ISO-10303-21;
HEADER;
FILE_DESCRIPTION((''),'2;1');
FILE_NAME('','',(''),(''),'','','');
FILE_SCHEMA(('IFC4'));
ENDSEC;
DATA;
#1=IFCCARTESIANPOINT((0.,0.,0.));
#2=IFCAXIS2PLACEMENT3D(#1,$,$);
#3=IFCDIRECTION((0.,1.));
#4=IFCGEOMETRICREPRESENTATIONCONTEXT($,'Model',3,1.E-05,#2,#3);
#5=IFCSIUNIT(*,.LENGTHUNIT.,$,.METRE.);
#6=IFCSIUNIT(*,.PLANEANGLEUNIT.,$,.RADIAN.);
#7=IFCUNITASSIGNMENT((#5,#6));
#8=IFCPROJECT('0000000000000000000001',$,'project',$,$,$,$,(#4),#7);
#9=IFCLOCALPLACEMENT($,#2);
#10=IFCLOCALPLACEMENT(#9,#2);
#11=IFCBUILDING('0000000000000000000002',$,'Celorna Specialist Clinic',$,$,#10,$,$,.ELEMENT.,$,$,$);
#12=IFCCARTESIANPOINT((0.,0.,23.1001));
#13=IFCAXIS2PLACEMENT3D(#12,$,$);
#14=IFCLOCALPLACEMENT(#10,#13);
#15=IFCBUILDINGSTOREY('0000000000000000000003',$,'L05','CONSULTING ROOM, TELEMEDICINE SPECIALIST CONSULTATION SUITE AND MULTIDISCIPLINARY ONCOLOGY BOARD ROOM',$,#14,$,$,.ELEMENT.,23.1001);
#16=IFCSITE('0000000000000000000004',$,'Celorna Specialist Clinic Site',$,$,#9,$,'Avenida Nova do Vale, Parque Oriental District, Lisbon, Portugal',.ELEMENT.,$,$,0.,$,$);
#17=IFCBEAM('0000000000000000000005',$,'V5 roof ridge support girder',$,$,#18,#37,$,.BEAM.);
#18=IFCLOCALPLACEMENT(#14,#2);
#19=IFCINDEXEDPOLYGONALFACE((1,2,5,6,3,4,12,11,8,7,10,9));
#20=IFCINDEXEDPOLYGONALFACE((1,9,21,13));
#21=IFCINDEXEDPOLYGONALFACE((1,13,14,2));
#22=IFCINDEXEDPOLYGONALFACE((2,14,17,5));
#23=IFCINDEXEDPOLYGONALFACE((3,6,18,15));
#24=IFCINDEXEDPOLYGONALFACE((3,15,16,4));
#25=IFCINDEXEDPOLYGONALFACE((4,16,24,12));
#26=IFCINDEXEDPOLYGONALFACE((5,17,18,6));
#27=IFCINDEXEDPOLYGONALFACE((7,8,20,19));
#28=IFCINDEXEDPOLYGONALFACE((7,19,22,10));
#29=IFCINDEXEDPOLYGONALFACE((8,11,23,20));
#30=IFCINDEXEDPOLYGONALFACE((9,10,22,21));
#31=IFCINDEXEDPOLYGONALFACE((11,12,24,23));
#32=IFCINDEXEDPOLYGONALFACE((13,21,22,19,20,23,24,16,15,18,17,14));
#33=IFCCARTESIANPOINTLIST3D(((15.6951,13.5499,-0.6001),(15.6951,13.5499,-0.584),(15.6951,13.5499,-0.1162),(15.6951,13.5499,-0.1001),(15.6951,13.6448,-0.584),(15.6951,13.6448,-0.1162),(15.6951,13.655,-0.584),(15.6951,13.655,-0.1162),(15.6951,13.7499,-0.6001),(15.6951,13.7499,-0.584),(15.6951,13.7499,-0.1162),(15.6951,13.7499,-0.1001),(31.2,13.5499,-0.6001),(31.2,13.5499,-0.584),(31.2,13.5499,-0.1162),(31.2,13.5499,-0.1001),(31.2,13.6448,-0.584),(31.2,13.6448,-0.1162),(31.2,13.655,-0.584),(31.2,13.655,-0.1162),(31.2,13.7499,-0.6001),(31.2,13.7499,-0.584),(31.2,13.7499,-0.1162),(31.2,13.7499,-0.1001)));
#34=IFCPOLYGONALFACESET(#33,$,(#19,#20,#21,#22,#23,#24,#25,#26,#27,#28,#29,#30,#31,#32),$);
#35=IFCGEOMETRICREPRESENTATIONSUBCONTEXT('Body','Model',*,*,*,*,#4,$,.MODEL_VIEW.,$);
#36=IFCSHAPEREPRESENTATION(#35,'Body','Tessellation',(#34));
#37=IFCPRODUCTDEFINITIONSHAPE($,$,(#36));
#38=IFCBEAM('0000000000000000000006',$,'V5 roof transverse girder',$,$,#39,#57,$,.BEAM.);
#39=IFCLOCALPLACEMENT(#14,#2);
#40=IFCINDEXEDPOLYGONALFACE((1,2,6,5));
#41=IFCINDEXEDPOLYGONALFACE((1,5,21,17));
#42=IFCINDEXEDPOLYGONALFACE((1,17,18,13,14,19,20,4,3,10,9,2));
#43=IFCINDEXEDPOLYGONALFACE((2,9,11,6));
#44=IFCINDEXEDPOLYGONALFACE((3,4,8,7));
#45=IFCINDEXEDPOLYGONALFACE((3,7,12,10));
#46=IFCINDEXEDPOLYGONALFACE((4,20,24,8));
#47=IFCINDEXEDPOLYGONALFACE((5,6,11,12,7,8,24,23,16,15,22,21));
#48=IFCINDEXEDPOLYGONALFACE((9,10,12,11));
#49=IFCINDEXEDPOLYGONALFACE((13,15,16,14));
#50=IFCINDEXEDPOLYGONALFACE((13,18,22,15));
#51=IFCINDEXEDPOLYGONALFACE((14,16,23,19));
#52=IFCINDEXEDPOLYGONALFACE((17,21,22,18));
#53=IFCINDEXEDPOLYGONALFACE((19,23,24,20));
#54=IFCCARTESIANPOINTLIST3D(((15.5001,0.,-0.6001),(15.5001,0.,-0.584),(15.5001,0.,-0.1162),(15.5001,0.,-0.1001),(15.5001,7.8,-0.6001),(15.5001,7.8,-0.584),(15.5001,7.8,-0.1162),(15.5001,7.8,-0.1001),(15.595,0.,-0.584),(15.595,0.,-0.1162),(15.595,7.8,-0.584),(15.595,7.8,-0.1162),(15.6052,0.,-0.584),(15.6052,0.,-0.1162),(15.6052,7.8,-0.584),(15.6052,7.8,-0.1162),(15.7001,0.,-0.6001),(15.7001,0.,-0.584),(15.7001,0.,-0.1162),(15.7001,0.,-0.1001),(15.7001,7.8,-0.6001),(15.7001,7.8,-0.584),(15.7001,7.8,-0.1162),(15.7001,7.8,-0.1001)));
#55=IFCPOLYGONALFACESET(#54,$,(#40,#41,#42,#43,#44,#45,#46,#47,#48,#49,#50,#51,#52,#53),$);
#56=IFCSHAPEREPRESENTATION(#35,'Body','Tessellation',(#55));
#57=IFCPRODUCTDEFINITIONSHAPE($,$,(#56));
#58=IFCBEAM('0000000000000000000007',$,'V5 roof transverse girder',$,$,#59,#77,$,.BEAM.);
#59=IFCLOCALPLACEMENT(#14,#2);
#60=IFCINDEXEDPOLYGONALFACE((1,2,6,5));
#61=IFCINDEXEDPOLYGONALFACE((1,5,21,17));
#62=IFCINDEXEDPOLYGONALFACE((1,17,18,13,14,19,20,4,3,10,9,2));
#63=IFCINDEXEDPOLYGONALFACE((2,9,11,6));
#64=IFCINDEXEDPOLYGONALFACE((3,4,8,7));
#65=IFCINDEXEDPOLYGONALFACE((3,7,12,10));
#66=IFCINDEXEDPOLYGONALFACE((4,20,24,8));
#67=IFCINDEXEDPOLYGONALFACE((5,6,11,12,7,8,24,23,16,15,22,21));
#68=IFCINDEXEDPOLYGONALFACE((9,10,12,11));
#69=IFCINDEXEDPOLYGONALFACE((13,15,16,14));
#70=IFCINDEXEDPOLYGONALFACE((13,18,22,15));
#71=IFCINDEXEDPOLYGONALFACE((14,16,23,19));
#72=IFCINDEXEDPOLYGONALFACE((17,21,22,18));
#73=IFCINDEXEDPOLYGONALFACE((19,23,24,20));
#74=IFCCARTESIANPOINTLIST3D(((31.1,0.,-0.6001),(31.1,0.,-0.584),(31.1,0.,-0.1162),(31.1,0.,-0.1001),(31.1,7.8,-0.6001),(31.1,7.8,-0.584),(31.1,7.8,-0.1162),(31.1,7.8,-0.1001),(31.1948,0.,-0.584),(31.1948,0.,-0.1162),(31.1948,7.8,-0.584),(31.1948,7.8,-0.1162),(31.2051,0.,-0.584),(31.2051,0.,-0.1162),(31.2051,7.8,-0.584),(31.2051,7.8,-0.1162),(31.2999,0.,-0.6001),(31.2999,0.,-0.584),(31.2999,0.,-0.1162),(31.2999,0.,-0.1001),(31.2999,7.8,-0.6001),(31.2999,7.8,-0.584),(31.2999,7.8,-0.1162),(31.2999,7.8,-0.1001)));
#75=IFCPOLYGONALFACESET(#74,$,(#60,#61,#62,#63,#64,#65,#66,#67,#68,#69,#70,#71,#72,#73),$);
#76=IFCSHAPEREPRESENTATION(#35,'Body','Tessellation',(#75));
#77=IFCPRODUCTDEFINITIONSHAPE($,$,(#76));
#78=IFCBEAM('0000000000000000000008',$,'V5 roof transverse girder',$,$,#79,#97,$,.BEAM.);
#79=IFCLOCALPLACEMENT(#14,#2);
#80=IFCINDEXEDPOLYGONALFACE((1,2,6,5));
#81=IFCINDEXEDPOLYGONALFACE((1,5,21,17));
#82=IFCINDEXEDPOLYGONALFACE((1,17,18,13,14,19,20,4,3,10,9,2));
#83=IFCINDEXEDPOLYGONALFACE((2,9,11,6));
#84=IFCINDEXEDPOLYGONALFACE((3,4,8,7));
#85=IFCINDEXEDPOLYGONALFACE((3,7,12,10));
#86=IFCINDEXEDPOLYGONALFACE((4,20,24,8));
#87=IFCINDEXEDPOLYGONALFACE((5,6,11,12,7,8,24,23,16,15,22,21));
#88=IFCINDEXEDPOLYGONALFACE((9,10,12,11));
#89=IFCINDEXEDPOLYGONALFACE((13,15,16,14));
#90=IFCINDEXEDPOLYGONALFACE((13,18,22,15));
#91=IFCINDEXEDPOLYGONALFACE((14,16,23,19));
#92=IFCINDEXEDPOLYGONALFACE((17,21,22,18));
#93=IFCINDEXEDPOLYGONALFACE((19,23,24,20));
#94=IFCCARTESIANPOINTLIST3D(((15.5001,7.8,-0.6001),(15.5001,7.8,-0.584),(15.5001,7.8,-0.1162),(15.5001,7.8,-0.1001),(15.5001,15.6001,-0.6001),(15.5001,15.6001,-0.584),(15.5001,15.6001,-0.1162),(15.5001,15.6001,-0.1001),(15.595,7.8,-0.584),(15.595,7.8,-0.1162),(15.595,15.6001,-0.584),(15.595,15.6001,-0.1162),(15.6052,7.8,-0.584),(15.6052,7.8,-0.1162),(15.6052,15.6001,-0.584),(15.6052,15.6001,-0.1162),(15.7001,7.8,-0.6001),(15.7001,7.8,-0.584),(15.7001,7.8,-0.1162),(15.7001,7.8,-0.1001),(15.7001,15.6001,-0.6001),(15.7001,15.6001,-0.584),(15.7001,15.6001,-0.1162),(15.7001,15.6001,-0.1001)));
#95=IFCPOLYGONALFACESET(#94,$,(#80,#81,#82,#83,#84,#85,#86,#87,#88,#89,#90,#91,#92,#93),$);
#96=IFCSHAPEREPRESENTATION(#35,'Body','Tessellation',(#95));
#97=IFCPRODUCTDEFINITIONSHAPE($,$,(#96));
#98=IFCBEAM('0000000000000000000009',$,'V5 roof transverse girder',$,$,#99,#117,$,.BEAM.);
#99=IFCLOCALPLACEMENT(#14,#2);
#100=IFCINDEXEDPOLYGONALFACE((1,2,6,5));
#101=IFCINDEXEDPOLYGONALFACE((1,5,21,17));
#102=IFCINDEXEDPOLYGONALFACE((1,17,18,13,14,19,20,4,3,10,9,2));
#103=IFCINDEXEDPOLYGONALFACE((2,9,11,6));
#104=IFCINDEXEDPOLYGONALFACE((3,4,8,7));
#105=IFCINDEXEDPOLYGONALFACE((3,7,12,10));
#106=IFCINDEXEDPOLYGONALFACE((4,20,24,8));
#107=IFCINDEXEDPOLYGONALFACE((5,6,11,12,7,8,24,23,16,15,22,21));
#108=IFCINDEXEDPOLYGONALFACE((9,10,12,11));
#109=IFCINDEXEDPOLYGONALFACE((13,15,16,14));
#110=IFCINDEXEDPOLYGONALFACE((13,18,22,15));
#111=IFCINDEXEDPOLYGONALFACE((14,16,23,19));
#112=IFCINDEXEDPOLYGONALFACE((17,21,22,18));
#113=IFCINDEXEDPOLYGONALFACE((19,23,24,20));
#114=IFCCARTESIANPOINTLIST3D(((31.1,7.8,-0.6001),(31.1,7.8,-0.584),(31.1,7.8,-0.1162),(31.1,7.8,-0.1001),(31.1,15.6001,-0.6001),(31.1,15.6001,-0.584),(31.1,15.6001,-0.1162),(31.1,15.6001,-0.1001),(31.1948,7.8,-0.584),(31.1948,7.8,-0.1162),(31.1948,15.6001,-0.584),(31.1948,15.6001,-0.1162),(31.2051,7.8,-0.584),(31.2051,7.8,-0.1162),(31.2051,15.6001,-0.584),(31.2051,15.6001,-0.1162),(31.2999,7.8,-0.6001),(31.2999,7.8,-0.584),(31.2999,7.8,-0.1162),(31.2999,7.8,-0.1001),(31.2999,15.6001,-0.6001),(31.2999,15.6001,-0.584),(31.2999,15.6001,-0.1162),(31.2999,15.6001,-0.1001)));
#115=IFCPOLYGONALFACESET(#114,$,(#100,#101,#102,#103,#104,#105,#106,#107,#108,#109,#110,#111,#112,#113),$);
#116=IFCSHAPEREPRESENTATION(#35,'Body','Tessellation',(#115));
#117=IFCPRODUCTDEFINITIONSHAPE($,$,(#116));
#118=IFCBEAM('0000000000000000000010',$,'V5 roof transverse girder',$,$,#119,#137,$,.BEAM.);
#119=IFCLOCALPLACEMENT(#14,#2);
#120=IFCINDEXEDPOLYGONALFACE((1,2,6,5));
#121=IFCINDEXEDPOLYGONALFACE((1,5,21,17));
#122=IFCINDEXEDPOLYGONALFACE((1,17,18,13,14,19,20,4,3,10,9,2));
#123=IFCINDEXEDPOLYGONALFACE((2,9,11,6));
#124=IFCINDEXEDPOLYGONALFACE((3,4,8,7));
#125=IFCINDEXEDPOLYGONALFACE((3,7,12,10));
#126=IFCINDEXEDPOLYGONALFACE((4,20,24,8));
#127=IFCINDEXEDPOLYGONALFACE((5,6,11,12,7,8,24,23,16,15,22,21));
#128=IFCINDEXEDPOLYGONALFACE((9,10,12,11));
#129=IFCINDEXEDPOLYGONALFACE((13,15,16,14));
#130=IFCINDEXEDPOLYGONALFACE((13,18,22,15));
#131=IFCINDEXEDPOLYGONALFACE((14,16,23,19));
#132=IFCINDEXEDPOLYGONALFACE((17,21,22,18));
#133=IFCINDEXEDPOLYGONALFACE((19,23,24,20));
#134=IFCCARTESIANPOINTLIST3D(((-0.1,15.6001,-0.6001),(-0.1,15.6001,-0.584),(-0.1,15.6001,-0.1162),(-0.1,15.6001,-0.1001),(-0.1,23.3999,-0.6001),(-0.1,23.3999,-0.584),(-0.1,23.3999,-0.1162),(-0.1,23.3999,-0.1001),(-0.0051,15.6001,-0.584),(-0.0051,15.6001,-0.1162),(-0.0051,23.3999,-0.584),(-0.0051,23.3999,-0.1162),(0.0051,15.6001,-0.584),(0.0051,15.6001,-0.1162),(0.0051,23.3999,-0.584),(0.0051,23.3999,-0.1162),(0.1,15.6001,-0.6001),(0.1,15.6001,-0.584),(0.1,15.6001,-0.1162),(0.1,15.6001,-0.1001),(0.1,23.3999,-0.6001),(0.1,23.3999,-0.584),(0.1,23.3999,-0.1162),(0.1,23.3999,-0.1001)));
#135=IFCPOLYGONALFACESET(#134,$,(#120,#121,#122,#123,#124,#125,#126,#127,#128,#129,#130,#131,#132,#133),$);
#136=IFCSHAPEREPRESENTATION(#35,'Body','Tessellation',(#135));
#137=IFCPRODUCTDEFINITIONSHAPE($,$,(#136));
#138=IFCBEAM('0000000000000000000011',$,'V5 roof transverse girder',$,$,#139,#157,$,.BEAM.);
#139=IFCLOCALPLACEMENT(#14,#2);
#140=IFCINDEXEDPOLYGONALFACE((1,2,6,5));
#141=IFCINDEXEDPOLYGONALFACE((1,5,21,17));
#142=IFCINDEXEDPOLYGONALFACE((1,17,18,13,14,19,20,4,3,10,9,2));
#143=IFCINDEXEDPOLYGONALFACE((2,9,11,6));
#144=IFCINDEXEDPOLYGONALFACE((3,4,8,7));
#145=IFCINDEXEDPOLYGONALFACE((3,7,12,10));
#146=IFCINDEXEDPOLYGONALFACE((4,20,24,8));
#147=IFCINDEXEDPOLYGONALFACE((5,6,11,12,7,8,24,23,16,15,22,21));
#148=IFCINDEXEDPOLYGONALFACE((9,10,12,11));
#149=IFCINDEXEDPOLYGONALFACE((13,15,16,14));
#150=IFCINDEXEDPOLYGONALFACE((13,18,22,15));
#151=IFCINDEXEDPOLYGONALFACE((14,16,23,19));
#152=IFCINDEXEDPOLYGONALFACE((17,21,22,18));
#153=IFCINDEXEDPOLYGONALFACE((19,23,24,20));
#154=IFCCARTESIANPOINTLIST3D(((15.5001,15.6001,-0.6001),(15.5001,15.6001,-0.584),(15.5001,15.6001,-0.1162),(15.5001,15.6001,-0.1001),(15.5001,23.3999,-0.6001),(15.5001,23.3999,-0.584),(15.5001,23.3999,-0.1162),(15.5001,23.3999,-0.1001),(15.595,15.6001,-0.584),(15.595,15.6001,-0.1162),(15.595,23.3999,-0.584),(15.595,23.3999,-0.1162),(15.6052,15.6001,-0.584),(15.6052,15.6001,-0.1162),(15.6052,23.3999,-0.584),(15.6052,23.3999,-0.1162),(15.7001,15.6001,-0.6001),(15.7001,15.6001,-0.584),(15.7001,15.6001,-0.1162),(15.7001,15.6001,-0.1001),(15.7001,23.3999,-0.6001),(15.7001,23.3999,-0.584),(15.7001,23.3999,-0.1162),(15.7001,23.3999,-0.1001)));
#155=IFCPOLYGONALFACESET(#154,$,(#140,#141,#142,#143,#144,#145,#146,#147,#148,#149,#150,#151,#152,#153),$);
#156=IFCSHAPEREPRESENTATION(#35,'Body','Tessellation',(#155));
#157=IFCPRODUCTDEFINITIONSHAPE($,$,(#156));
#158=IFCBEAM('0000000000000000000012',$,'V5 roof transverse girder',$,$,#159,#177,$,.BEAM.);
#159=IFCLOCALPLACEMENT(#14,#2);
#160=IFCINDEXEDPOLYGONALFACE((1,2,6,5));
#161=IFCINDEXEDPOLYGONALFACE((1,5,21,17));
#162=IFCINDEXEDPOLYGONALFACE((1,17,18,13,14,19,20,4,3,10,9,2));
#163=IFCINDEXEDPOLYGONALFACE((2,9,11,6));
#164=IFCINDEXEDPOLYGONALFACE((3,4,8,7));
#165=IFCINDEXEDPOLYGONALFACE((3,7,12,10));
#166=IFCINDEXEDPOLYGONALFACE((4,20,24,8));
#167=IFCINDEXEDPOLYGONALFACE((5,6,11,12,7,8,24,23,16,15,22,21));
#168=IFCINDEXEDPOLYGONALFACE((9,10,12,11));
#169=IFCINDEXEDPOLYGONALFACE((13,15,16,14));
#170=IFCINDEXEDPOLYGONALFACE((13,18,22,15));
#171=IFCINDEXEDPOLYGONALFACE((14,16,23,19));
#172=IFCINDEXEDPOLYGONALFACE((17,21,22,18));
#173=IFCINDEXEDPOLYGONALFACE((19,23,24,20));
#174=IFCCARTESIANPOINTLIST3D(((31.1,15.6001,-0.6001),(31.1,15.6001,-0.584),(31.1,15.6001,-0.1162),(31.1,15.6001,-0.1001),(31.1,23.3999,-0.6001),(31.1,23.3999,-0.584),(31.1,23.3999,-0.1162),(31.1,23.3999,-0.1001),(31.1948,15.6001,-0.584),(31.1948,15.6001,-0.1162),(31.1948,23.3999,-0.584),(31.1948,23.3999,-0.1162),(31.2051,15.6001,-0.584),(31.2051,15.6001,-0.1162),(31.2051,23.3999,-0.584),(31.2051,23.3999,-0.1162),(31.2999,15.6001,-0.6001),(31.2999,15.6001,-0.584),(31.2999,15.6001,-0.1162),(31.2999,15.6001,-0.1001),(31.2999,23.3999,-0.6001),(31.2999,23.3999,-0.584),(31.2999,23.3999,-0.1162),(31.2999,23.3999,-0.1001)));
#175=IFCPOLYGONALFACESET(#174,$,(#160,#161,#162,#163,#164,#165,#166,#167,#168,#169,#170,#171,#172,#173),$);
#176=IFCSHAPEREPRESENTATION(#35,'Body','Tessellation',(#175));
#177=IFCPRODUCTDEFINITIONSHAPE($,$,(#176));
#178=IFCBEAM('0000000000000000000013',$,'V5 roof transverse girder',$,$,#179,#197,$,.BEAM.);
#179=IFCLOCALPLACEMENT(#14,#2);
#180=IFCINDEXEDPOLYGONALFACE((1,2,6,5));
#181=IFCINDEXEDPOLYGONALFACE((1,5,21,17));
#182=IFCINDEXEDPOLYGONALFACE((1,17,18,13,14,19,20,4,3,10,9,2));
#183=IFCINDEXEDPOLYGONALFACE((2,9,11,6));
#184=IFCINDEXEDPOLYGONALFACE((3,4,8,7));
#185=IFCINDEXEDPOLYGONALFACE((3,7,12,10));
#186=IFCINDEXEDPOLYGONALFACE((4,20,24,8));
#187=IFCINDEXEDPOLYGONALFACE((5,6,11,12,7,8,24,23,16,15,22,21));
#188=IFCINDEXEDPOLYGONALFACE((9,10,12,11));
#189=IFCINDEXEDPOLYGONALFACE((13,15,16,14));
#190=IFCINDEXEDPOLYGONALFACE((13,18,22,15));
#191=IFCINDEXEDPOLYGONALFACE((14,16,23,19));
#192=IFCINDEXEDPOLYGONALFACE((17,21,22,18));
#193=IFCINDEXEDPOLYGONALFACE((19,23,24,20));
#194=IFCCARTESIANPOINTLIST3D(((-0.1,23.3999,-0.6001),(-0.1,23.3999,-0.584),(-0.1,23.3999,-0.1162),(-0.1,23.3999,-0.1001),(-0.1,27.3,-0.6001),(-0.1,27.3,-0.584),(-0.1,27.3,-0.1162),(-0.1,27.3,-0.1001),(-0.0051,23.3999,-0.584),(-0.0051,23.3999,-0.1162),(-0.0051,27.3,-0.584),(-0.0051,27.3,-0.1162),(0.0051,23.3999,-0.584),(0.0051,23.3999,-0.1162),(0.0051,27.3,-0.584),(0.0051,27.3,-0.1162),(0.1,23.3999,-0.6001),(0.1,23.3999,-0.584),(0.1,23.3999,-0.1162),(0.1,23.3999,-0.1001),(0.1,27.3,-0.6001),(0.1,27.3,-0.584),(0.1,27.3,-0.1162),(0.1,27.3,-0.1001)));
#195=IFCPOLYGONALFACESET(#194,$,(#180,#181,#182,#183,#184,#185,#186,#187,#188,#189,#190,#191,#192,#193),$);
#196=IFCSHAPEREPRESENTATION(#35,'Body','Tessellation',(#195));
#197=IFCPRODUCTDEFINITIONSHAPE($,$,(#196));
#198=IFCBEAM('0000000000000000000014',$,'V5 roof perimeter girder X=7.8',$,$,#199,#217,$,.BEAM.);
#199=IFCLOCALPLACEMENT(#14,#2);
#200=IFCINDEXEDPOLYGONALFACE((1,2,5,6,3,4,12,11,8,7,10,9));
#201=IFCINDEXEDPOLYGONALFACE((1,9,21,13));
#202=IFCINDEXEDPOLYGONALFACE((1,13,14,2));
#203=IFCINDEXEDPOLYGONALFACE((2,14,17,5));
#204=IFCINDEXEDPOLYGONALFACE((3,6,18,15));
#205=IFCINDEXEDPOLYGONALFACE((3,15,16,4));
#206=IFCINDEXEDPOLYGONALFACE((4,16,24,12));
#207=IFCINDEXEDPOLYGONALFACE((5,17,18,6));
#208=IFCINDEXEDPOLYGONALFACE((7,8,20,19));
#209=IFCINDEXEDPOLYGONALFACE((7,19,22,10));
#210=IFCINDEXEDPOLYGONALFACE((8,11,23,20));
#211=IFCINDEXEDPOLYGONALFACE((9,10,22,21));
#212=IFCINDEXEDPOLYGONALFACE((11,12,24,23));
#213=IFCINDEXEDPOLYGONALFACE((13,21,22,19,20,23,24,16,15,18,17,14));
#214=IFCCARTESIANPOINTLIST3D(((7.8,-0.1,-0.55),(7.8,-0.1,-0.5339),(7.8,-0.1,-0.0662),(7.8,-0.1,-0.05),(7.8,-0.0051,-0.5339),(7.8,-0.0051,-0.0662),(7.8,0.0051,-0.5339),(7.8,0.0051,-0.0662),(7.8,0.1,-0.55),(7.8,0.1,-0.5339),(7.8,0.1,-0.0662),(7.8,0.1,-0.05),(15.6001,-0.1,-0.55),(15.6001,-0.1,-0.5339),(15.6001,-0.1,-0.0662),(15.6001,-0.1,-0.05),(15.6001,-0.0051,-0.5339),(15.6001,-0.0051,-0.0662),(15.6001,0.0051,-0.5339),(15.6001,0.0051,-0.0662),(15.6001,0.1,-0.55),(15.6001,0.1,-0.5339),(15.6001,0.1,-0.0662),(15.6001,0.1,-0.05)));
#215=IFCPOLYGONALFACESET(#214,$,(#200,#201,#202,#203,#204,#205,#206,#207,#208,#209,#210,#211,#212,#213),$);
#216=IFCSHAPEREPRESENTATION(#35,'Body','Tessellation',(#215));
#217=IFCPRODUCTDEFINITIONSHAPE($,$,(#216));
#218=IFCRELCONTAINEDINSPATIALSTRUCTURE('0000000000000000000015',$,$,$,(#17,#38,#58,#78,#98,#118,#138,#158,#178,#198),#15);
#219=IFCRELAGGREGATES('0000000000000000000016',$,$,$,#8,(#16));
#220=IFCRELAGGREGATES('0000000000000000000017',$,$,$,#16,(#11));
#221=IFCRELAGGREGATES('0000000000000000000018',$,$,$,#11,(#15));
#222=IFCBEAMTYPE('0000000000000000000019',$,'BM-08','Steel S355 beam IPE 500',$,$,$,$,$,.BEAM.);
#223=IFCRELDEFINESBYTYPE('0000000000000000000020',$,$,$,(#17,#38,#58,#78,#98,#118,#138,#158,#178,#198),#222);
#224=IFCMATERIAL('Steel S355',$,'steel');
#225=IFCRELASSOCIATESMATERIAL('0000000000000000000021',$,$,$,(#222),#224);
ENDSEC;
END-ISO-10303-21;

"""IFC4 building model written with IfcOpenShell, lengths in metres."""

from ifc_helpers import new_model, si_unit, direction, frame, origin, origin_2d, place, context, subcontext, project, spatial, i_section, extrude, material, material_profile, profile_set, type_object, element, save


model = new_model("IFC4")

# Units and contexts
model_context = context("Model", 3, precision=1e-05, world=origin(), true_north=direction((0.0, 1.0)))
body_context = subcontext(model_context, "Body", "Model", "MODEL_VIEW")
ifc_project = project(units=[si_unit("LENGTHUNIT", "METRE"), si_unit("PLANEANGLEUNIT", "RADIAN")], contexts=[model_context])

# Site, building, storey
site_placement = place(None, origin())
site = spatial("IfcSite", under=ifc_project, at=site_placement, Name="Celorna Specialist Clinic Site", LongName="Avenida Nova do Vale, Parque Oriental District, Lisbon, Portugal", CompositionType="ELEMENT", RefElevation=0.0)
building_placement = place(site_placement, origin())
building = spatial("IfcBuilding", under=site, at=building_placement, Name="Celorna Specialist Clinic", CompositionType="ELEMENT")
storey_placement = place(building_placement, frame((0.0, 0.0, 23.1001)))
storey = spatial("IfcBuildingStorey", under=building, at=storey_placement, Name="L05", Description="CONSULTING ROOM, TELEMEDICINE SPECIALIST CONSULTATION SUITE AND MULTIDISCIPLINARY ONCOLOGY BOARD ROOM", CompositionType="ELEMENT", Elevation=23.1001)

# Beams
ifc_material_1 = material(Name="Steel S355", Category="steel")
ifc_material_profile_1 = material_profile(ifc_material_1, i_section(OverallWidth=0.2, OverallDepth=0.5, WebThickness=0.0103, FlangeThickness=0.0161, at=origin_2d()), Name="IPE 500")
ifc_profile_set_1 = profile_set([ifc_material_profile_1], Name="Steel S355")
beam_type = type_object("IfcBeamType", Name="BM-08", Description="Steel S355 beam IPE 500", PredefinedType="BEAM", material=ifc_profile_set_1)
beam_1_placement = place(storey_placement, frame((15.6951, 13.6499, -0.3501), z_axis=(1.0, 0.0, 0.0), x_axis=(0.0, 1.0, 0.0)))
element("IfcBeam", 1, at=beam_1_placement, inside=storey, type_object=beam_type, Name="V5 roof ridge support girder", PredefinedType="BEAM", context=body_context, shape_type="SweptSolid", body=[
    extrude(i_section(OverallWidth=0.2, OverallDepth=0.5, WebThickness=0.0103, FlangeThickness=0.0161, at=origin_2d()), origin(), (0.0, 0.0, 1.0), 15.5049),
])
for number, where, z_axis, x_axis, name in (
    (2, (15.6001, 0.0, -0.3501), (0.0, 1.0, 0.0), (-1.0, 0.0, 0.0), "V5 roof transverse girder"),
    (3, (31.2, 0.0, -0.3501), (0.0, 1.0, 0.0), (-1.0, 0.0, 0.0), "V5 roof transverse girder"),
    (4, (15.6001, 7.8, -0.3501), (0.0, 1.0, 0.0), (-1.0, 0.0, 0.0), "V5 roof transverse girder"),
    (5, (31.2, 7.8, -0.3501), (0.0, 1.0, 0.0), (-1.0, 0.0, 0.0), "V5 roof transverse girder"),
):
    element("IfcBeam", number, at=place(storey_placement, frame(where, z_axis=z_axis, x_axis=x_axis)), inside=storey, type_object=beam_type, Name=name, PredefinedType="BEAM", context=body_context, shape_type="SweptSolid", body=[
        extrude(i_section(OverallWidth=0.2, OverallDepth=0.5, WebThickness=0.0103, FlangeThickness=0.0161, at=origin_2d()), origin(), (0.0, 0.0, 1.0), 7.8),
    ])
for number, where, z_axis, x_axis, name in (
    (6, (0.0, 15.6001, -0.3501), (0.0, 1.0, 0.0), (-1.0, 0.0, 0.0), "V5 roof transverse girder"),
    (7, (15.6001, 15.6001, -0.3501), (0.0, 1.0, 0.0), (-1.0, 0.0, 0.0), "V5 roof transverse girder"),
    (8, (31.2, 15.6001, -0.3501), (0.0, 1.0, 0.0), (-1.0, 0.0, 0.0), "V5 roof transverse girder"),
):
    element("IfcBeam", number, at=place(storey_placement, frame(where, z_axis=z_axis, x_axis=x_axis)), inside=storey, type_object=beam_type, Name=name, PredefinedType="BEAM", context=body_context, shape_type="SweptSolid", body=[
        extrude(i_section(OverallWidth=0.2, OverallDepth=0.5, WebThickness=0.0103, FlangeThickness=0.0161, at=origin_2d()), origin(), (0.0, 0.0, 1.0), 7.7998),
    ])
beam_2_placement = place(storey_placement, frame((0.0, 23.3999, -0.3501), z_axis=(0.0, 1.0, 0.0), x_axis=(-1.0, 0.0, 0.0)))
element("IfcBeam", 9, at=beam_2_placement, inside=storey, type_object=beam_type, Name="V5 roof transverse girder", PredefinedType="BEAM", context=body_context, shape_type="SweptSolid", body=[
    extrude(i_section(OverallWidth=0.2, OverallDepth=0.5, WebThickness=0.0103, FlangeThickness=0.0161, at=origin_2d()), origin(), (0.0, 0.0, 1.0), 3.9001),
])
beam_3_placement = place(storey_placement, frame((7.8, 0.0, -0.3), z_axis=(1.0, 0.0, 0.0), x_axis=(0.0, 1.0, 0.0)))
element("IfcBeam", 10, at=beam_3_placement, inside=storey, type_object=beam_type, Name="V5 roof perimeter girder X=7.8", PredefinedType="BEAM", context=body_context, shape_type="SweptSolid", body=[
    extrude(i_section(OverallWidth=0.2, OverallDepth=0.5, WebThickness=0.0103, FlangeThickness=0.0161, at=origin_2d()), origin(), (0.0, 0.0, 1.0), 7.8),
])

save(model, "model.ifc")
